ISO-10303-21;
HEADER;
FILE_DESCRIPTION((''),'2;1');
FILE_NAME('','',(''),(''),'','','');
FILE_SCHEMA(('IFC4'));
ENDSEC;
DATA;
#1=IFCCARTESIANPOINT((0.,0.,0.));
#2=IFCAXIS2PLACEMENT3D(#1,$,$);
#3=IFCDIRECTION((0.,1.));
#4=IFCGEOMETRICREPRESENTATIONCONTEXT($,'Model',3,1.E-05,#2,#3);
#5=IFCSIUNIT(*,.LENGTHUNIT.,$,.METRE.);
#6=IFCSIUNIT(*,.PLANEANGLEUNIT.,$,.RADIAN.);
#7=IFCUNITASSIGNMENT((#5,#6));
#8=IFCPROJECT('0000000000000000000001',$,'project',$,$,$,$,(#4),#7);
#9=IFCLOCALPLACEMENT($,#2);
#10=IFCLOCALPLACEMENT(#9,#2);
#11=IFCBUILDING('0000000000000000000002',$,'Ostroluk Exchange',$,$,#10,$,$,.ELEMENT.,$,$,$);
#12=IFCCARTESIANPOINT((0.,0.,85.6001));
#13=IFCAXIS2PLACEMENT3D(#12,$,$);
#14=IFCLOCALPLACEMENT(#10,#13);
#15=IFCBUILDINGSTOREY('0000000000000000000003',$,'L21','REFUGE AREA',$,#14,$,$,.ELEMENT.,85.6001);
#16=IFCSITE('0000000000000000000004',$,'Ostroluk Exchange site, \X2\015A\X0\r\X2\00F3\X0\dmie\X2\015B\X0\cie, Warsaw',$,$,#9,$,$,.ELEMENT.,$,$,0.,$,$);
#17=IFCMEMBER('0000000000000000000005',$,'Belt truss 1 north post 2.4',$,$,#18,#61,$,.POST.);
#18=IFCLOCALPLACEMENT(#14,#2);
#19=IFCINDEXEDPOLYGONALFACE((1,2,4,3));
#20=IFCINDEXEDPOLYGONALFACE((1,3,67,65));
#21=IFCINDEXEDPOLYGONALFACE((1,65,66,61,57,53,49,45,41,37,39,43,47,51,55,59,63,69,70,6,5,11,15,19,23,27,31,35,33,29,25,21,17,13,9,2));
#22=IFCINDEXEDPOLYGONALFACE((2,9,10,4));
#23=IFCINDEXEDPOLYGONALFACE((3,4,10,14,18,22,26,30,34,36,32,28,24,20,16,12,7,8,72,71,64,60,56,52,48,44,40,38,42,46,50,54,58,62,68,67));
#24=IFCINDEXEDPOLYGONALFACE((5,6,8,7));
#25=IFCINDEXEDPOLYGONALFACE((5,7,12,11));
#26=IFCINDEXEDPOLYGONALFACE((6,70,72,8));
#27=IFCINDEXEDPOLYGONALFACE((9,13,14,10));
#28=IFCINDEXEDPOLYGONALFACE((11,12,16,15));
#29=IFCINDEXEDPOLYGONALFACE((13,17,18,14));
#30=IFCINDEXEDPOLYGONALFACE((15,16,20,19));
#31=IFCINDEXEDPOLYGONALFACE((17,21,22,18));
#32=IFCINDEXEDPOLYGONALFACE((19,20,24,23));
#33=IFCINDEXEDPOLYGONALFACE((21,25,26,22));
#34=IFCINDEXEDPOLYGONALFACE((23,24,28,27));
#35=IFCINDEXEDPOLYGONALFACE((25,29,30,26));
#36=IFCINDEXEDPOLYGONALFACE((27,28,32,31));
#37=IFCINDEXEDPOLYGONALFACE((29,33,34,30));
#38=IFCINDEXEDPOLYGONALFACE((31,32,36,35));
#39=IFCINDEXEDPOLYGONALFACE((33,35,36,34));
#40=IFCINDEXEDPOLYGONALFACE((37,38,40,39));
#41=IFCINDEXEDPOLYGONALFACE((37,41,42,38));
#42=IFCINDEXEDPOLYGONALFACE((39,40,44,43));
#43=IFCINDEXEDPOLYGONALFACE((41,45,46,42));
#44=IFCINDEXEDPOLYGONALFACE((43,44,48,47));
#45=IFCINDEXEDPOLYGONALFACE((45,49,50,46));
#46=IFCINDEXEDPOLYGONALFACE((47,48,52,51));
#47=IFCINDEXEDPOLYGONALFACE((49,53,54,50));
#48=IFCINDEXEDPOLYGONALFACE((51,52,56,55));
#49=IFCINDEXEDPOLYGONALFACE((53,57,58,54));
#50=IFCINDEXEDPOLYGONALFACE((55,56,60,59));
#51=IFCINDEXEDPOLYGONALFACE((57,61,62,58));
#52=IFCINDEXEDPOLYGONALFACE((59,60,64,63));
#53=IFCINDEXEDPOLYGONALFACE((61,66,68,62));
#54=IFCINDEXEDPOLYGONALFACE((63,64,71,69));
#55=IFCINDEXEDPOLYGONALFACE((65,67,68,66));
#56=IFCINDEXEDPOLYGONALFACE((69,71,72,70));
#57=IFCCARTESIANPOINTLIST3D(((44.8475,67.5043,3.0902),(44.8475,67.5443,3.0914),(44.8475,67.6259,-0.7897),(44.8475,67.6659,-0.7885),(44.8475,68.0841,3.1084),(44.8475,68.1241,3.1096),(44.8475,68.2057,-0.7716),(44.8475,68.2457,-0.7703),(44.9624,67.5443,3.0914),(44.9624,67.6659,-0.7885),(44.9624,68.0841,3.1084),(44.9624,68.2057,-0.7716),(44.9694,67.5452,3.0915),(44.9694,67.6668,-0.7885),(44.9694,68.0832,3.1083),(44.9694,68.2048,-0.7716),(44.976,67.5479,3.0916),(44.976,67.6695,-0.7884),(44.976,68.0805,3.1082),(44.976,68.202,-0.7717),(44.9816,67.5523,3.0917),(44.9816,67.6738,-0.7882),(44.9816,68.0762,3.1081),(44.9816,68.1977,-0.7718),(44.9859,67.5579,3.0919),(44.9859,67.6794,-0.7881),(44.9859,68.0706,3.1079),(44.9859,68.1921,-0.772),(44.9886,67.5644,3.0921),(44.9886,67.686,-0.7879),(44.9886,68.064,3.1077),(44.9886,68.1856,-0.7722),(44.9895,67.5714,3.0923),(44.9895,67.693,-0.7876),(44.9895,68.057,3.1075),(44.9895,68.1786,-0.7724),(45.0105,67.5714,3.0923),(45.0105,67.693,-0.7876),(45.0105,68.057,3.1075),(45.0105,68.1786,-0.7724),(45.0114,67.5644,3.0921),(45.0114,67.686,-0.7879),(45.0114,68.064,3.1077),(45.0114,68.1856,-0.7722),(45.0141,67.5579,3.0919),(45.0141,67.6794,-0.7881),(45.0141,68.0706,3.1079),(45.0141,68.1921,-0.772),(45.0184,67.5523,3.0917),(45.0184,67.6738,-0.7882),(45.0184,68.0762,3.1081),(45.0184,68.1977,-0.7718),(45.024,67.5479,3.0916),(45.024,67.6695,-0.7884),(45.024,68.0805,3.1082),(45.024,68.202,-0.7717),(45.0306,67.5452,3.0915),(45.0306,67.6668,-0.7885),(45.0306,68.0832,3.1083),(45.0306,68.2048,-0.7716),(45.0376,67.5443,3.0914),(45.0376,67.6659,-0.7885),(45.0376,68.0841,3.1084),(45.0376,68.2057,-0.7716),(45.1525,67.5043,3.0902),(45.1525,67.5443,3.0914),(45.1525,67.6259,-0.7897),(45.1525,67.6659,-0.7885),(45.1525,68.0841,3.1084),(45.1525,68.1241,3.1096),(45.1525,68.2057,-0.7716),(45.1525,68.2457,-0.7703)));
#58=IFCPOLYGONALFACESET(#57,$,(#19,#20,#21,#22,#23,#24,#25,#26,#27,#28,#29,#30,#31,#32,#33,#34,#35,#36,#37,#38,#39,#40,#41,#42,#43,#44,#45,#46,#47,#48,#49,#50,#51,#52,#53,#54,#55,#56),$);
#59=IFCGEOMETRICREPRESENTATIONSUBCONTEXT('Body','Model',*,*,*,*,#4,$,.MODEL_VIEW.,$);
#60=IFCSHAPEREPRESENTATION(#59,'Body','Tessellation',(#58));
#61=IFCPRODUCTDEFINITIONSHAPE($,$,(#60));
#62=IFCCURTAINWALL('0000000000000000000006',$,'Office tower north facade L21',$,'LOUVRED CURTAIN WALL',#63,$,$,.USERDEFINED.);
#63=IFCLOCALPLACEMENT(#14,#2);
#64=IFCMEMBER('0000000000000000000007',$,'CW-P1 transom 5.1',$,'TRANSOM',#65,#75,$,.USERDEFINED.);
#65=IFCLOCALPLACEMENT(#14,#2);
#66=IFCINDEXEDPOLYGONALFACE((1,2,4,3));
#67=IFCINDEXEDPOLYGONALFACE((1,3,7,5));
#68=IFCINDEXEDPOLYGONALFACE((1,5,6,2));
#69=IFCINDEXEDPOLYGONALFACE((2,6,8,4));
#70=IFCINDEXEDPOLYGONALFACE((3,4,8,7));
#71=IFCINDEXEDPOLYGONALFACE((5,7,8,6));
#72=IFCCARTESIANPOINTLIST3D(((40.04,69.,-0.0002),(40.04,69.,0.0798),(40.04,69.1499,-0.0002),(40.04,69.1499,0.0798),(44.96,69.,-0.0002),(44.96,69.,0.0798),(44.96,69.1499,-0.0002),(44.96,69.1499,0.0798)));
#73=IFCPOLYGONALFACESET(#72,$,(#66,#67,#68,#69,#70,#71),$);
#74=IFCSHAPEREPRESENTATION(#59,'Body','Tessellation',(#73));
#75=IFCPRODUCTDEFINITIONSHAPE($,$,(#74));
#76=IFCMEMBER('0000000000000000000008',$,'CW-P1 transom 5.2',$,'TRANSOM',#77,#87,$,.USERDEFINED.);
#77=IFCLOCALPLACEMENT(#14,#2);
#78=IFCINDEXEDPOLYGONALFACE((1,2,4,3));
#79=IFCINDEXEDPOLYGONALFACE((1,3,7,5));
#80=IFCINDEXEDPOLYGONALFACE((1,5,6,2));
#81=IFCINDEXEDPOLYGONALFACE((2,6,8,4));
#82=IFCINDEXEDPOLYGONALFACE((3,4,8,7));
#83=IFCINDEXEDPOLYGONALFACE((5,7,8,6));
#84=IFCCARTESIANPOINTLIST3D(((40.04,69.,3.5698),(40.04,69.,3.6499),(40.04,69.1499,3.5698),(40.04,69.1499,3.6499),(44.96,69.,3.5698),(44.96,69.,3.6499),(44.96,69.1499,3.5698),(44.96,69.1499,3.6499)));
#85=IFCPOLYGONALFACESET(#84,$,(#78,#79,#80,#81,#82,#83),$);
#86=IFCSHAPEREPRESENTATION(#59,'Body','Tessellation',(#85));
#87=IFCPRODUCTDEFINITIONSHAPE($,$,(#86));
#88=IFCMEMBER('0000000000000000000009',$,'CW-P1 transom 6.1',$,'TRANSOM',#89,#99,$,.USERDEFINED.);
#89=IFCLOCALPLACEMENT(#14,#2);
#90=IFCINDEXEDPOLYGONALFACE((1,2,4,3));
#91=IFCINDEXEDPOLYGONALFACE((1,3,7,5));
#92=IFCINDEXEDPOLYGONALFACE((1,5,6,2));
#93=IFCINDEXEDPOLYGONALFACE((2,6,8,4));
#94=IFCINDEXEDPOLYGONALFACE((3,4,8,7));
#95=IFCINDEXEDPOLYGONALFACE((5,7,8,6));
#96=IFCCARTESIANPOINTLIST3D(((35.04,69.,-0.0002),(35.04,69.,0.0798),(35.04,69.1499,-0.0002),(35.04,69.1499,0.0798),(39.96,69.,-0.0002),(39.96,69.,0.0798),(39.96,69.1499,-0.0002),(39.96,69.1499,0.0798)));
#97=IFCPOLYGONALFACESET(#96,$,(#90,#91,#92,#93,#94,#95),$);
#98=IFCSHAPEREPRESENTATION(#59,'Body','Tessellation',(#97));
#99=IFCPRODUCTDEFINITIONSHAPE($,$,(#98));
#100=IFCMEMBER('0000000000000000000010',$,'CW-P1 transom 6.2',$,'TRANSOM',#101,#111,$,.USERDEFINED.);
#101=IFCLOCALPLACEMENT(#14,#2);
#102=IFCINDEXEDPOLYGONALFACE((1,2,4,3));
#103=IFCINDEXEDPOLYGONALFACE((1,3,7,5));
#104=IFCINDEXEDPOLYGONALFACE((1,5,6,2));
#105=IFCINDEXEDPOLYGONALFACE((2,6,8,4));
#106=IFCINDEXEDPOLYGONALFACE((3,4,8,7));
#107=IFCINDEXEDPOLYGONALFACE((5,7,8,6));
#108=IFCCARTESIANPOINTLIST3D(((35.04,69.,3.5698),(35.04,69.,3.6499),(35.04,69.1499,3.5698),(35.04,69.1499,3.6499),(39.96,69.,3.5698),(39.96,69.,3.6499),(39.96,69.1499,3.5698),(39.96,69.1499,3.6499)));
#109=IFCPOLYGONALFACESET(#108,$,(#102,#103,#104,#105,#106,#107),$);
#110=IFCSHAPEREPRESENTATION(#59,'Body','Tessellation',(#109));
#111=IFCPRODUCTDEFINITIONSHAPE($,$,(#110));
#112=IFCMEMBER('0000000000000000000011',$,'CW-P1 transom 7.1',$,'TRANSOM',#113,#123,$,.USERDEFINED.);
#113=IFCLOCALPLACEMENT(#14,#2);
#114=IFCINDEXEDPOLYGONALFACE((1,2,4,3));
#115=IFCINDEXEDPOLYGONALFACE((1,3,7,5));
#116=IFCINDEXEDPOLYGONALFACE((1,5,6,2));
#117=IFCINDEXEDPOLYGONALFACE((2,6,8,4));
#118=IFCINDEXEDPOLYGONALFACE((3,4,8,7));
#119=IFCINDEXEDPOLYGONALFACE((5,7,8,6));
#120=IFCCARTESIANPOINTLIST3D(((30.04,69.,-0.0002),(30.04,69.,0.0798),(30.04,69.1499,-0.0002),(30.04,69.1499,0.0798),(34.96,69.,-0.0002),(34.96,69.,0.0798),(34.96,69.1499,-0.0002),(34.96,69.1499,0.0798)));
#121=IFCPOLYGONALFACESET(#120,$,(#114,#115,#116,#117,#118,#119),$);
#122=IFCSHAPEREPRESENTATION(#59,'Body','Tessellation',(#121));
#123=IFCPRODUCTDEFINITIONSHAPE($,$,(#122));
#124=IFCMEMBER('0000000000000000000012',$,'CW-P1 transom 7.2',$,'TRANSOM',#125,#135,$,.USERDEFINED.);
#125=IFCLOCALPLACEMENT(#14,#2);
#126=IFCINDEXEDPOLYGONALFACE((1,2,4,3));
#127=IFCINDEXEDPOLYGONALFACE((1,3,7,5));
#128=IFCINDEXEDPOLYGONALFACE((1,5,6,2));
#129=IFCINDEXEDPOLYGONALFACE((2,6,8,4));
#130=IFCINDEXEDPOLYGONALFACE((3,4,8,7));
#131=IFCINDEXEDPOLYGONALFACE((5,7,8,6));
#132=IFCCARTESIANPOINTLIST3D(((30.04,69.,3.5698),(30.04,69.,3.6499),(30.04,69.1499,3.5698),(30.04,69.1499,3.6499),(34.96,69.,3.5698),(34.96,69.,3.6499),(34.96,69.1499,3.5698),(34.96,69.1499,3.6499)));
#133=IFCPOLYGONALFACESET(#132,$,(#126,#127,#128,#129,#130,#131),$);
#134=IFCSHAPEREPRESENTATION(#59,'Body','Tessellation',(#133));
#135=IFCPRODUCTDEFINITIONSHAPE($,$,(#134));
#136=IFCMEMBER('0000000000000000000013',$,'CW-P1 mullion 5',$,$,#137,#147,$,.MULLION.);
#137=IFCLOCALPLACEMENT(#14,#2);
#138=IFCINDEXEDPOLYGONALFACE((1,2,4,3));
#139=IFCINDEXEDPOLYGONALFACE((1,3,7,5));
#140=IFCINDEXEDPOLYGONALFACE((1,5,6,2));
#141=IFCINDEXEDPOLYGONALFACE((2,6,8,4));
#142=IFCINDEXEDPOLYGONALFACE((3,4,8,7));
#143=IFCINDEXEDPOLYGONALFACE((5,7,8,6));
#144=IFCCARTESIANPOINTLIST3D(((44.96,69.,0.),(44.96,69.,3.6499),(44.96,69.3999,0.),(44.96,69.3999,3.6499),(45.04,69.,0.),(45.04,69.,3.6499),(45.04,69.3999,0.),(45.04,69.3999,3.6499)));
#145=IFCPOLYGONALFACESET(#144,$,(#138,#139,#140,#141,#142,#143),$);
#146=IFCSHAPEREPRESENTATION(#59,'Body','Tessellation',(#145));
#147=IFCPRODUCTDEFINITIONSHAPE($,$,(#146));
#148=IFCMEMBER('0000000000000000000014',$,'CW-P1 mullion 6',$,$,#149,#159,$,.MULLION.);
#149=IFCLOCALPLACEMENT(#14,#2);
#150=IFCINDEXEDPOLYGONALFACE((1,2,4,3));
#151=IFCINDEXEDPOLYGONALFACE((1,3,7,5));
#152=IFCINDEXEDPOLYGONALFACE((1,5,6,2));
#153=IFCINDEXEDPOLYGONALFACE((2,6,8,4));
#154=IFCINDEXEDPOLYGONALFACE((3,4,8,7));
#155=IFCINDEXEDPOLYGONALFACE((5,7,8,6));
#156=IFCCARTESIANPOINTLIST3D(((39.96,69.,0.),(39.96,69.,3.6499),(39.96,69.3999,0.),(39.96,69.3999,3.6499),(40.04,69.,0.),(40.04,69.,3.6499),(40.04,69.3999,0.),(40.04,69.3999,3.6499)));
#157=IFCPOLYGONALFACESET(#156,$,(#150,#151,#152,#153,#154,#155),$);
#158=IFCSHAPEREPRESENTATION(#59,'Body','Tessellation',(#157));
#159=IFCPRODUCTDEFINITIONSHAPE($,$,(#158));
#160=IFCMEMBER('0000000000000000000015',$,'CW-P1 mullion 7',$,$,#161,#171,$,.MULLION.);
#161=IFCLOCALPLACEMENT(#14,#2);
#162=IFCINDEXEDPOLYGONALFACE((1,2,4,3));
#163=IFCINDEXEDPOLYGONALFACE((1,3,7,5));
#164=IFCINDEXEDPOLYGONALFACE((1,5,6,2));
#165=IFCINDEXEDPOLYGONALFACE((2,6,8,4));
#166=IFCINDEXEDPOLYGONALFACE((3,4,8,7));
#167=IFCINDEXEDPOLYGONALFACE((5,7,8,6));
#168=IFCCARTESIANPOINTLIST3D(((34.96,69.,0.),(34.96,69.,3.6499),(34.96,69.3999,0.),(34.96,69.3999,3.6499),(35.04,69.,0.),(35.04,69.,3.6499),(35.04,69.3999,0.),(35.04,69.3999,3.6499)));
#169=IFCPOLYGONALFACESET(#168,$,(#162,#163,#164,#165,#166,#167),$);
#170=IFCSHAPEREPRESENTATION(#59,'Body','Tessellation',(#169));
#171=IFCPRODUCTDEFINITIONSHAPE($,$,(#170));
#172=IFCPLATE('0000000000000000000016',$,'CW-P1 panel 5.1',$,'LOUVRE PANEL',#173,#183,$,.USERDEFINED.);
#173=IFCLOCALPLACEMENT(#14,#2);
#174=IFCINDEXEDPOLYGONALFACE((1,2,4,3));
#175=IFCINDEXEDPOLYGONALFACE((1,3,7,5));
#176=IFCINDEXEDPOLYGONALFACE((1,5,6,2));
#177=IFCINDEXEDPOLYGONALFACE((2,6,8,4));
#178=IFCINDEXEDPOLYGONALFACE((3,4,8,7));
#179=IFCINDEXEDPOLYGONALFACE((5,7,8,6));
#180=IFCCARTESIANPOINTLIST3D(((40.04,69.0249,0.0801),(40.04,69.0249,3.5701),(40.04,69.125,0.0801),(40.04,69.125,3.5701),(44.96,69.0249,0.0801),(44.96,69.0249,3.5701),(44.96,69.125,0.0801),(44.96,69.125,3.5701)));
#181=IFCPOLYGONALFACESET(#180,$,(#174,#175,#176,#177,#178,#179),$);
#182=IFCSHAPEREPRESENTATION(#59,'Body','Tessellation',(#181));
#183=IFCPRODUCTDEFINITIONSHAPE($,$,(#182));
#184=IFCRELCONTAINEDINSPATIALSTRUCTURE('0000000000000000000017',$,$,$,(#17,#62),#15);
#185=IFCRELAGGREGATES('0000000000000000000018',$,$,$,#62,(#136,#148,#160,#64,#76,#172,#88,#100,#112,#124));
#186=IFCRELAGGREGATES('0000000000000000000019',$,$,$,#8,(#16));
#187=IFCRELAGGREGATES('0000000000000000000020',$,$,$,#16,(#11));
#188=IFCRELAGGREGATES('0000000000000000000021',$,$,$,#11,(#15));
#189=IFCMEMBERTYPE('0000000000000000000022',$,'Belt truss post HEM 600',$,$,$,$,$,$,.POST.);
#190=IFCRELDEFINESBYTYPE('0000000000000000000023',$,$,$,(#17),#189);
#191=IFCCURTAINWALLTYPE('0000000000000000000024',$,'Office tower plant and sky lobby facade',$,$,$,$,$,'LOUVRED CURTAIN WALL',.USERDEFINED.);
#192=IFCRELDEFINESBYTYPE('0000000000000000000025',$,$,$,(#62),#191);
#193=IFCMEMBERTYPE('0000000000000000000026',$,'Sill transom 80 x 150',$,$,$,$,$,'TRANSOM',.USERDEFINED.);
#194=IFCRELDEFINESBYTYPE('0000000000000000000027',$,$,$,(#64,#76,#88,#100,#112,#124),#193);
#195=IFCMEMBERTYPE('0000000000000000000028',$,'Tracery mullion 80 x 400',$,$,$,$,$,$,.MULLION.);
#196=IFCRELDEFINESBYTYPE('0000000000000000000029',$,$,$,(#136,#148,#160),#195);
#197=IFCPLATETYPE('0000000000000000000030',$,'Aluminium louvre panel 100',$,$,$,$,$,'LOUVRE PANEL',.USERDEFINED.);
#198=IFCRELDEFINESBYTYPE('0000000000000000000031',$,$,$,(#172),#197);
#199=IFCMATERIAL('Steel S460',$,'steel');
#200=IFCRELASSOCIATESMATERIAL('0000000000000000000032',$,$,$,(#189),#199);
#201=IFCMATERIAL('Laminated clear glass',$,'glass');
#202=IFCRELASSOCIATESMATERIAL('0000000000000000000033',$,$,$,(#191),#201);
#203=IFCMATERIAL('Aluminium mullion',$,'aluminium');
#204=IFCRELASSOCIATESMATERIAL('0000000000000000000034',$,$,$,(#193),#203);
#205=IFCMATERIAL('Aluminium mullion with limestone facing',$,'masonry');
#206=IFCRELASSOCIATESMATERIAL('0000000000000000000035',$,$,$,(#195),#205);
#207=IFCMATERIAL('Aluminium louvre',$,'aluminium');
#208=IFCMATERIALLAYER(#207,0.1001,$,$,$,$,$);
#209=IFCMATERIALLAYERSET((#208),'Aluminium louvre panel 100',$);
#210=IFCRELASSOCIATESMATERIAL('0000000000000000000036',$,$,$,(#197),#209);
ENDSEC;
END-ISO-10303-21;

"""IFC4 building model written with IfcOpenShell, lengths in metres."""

from ifc_helpers import new_model, si_unit, direction, frame, origin, origin_2d, place, context, subcontext, project, spatial, rectangle, i_section, extrude, material, layer, layer_set, material_profile, profile_set, type_object, element, aggregate, save


model = new_model("IFC4")

# Units and contexts
model_context = context("Model", 3, precision=1e-05, world=origin(), true_north=direction((0.0, 1.0)))
body_context = subcontext(model_context, "Body", "Model", "MODEL_VIEW")
ifc_project = project(units=[si_unit("LENGTHUNIT", "METRE"), si_unit("PLANEANGLEUNIT", "RADIAN")], contexts=[model_context])

# Site, building, storey
site_placement = place(None, origin())
site = spatial("IfcSite", under=ifc_project, at=site_placement, Name="Ostroluk Exchange site, Śródmieście, Warsaw", CompositionType="ELEMENT", RefElevation=0.0)
building_placement = place(site_placement, origin())
building = spatial("IfcBuilding", under=site, at=building_placement, Name="Ostroluk Exchange", CompositionType="ELEMENT")
storey_placement = place(building_placement, frame((0.0, 0.0, 85.6001)))
storey = spatial("IfcBuildingStorey", under=building, at=storey_placement, Name="L21", Description="REFUGE AREA", CompositionType="ELEMENT", Elevation=85.6001)

# Member
ifc_material_1 = material(Name="Steel S460", Category="steel")
ifc_material_profile_1 = material_profile(ifc_material_1, i_section(OverallWidth=0.3049, OverallDepth=0.6201, WebThickness=0.021, FlangeThickness=0.04, FilletRadius=0.0271, at=origin_2d()), Name="HEM 600")
ifc_profile_set_1 = profile_set([ifc_material_profile_1], Name="Steel S460")
member_type_1 = type_object("IfcMemberType", Name="Belt truss post HEM 600", PredefinedType="POST", material=ifc_profile_set_1)
member_1_placement = place(storey_placement, frame((45.0, 67.9358, -0.78), z_axis=(0.0, -0.031321, 0.999509), x_axis=(1.0, 0.0, 0.0)))
element("IfcMember", 1, at=member_1_placement, inside=storey, type_object=member_type_1, Name="Belt truss 1 north post 2.4", PredefinedType="POST", context=body_context, shape_type="SweptSolid", body=[
    extrude(i_section(OverallWidth=0.3049, OverallDepth=0.6201, WebThickness=0.021, FlangeThickness=0.04, FilletRadius=0.0271, at=origin_2d()), origin(), (0.0, 0.0, 1.0), 3.8818),
])

# Curtain wall, members, plate
ifc_material_2 = material(Name="Laminated clear glass", Category="glass")
curtain_wall_type = type_object("IfcCurtainWallType", Name="Office tower plant and sky lobby facade", ElementType="LOUVRED CURTAIN WALL", PredefinedType="USERDEFINED", material=ifc_material_2)
curtain_wall_placement = place(storey_placement, origin())
curtain_wall = element("IfcCurtainWall", 2, at=curtain_wall_placement, inside=storey, type_object=curtain_wall_type, Name="Office tower north facade L21", ObjectType="LOUVRED CURTAIN WALL", PredefinedType="USERDEFINED")
ifc_material_3 = material(Name="Aluminium mullion", Category="aluminium")
ifc_material_profile_2 = material_profile(ifc_material_3, rectangle(XDim=0.1499, YDim=0.0801, at=origin_2d()), Name="Sill transom 80 x 150")
ifc_profile_set_2 = profile_set([ifc_material_profile_2], Name="Aluminium mullion")
member_type_2 = type_object("IfcMemberType", Name="Sill transom 80 x 150", ElementType="TRANSOM", PredefinedType="USERDEFINED", material=ifc_profile_set_2)
member_2_placement = place(storey_placement, frame((44.96, 69.075, 0.0398), z_axis=(-1.0, 0.0, 0.0), x_axis=(0.0, -1.0, 0.0)))
member_2 = element("IfcMember", 3, at=member_2_placement, type_object=member_type_2, Name="CW-P1 transom 5.1", ObjectType="TRANSOM", PredefinedType="USERDEFINED", context=body_context, shape_type="SweptSolid", body=[
    extrude(rectangle(XDim=0.1499, YDim=0.0801, at=origin_2d()), origin(), (0.0, 0.0, 1.0), 4.9199),
])
member_3_placement = place(storey_placement, frame((44.96, 69.075, 3.6099), z_axis=(-1.0, 0.0, 0.0), x_axis=(0.0, -1.0, 0.0)))
member_3 = element("IfcMember", 4, at=member_3_placement, type_object=member_type_2, Name="CW-P1 transom 5.2", ObjectType="TRANSOM", PredefinedType="USERDEFINED", context=body_context, shape_type="SweptSolid", body=[
    extrude(rectangle(XDim=0.1499, YDim=0.0801, at=origin_2d()), origin(), (0.0, 0.0, 1.0), 4.9199),
])
member_4_placement = place(storey_placement, frame((39.96, 69.075, 0.0398), z_axis=(-1.0, 0.0, 0.0), x_axis=(0.0, -1.0, 0.0)))
member_4 = element("IfcMember", 5, at=member_4_placement, type_object=member_type_2, Name="CW-P1 transom 6.1", ObjectType="TRANSOM", PredefinedType="USERDEFINED", context=body_context, shape_type="SweptSolid", body=[
    extrude(rectangle(XDim=0.1499, YDim=0.0801, at=origin_2d()), origin(), (0.0, 0.0, 1.0), 4.9199),
])
member_5_placement = place(storey_placement, frame((39.96, 69.075, 3.6099), z_axis=(-1.0, 0.0, 0.0), x_axis=(0.0, -1.0, 0.0)))
member_5 = element("IfcMember", 6, at=member_5_placement, type_object=member_type_2, Name="CW-P1 transom 6.2", ObjectType="TRANSOM", PredefinedType="USERDEFINED", context=body_context, shape_type="SweptSolid", body=[
    extrude(rectangle(XDim=0.1499, YDim=0.0801, at=origin_2d()), origin(), (0.0, 0.0, 1.0), 4.9199),
])
member_6_placement = place(storey_placement, frame((34.96, 69.075, 0.0398), z_axis=(-1.0, 0.0, 0.0), x_axis=(0.0, -1.0, 0.0)))
member_6 = element("IfcMember", 7, at=member_6_placement, type_object=member_type_2, Name="CW-P1 transom 7.1", ObjectType="TRANSOM", PredefinedType="USERDEFINED", context=body_context, shape_type="SweptSolid", body=[
    extrude(rectangle(XDim=0.1499, YDim=0.0801, at=origin_2d()), origin(), (0.0, 0.0, 1.0), 4.9199),
])
member_7_placement = place(storey_placement, frame((34.96, 69.075, 3.6099), z_axis=(-1.0, 0.0, 0.0), x_axis=(0.0, -1.0, 0.0)))
member_7 = element("IfcMember", 8, at=member_7_placement, type_object=member_type_2, Name="CW-P1 transom 7.2", ObjectType="TRANSOM", PredefinedType="USERDEFINED", context=body_context, shape_type="SweptSolid", body=[
    extrude(rectangle(XDim=0.1499, YDim=0.0801, at=origin_2d()), origin(), (0.0, 0.0, 1.0), 4.9199),
])
ifc_material_4 = material(Name="Aluminium mullion with limestone facing", Category="masonry")
ifc_material_profile_3 = material_profile(ifc_material_4, rectangle(XDim=0.3999, YDim=0.0801, at=origin_2d()), Name="Tracery mullion 80 x 400")
ifc_profile_set_3 = profile_set([ifc_material_profile_3], Name="Aluminium mullion with limestone facing")
member_type_3 = type_object("IfcMemberType", Name="Tracery mullion 80 x 400", PredefinedType="MULLION", material=ifc_profile_set_3)
member_8_placement = place(storey_placement, frame((45.0, 69.2, 0.0), z_axis=(0.0, 0.0, 1.0), x_axis=(0.0, -1.0, 0.0)))
member_8 = element("IfcMember", 9, at=member_8_placement, type_object=member_type_3, Name="CW-P1 mullion 5", PredefinedType="MULLION", context=body_context, shape_type="SweptSolid", body=[
    extrude(rectangle(XDim=0.3999, YDim=0.0801, at=origin_2d()), origin(), (0.0, 0.0, 1.0), 3.6499),
])
member_9_placement = place(storey_placement, frame((40.0, 69.2, 0.0), z_axis=(0.0, 0.0, 1.0), x_axis=(0.0, -1.0, 0.0)))
member_9 = element("IfcMember", 10, at=member_9_placement, type_object=member_type_3, Name="CW-P1 mullion 6", PredefinedType="MULLION", context=body_context, shape_type="SweptSolid", body=[
    extrude(rectangle(XDim=0.3999, YDim=0.0801, at=origin_2d()), origin(), (0.0, 0.0, 1.0), 3.6499),
])
member_10_placement = place(storey_placement, frame((35.0, 69.2, 0.0), z_axis=(0.0, 0.0, 1.0), x_axis=(0.0, -1.0, 0.0)))
member_10 = element("IfcMember", 11, at=member_10_placement, type_object=member_type_3, Name="CW-P1 mullion 7", PredefinedType="MULLION", context=body_context, shape_type="SweptSolid", body=[
    extrude(rectangle(XDim=0.3999, YDim=0.0801, at=origin_2d()), origin(), (0.0, 0.0, 1.0), 3.6499),
])
ifc_material_5 = material(Name="Aluminium louvre", Category="aluminium")
ifc_layer_1 = layer(ifc_material_5, 0.1001)
ifc_layer_set_1 = layer_set([ifc_layer_1], Name="Aluminium louvre panel 100")
plate_type = type_object("IfcPlateType", Name="Aluminium louvre panel 100", ElementType="LOUVRE PANEL", PredefinedType="USERDEFINED", material=ifc_layer_set_1)
plate_1_placement = place(storey_placement, frame((42.5, 69.075, 0.0801), z_axis=(0.0, 0.0, 1.0), x_axis=(-1.0, 0.0, 0.0)))
plate_1 = element("IfcPlate", 12, at=plate_1_placement, type_object=plate_type, Name="CW-P1 panel 5.1", ObjectType="LOUVRE PANEL", PredefinedType="USERDEFINED", context=body_context, shape_type="SweptSolid", body=[
    extrude(rectangle(XDim=4.9199, YDim=0.1001, at=origin_2d()), origin(), (0.0, 0.0, 1.0), 3.49),
])
aggregate(curtain_wall, [member_8, member_9, member_10, member_2, member_3, plate_1, member_4, member_5, member_6, member_7])

save(model, "model.ifc")
